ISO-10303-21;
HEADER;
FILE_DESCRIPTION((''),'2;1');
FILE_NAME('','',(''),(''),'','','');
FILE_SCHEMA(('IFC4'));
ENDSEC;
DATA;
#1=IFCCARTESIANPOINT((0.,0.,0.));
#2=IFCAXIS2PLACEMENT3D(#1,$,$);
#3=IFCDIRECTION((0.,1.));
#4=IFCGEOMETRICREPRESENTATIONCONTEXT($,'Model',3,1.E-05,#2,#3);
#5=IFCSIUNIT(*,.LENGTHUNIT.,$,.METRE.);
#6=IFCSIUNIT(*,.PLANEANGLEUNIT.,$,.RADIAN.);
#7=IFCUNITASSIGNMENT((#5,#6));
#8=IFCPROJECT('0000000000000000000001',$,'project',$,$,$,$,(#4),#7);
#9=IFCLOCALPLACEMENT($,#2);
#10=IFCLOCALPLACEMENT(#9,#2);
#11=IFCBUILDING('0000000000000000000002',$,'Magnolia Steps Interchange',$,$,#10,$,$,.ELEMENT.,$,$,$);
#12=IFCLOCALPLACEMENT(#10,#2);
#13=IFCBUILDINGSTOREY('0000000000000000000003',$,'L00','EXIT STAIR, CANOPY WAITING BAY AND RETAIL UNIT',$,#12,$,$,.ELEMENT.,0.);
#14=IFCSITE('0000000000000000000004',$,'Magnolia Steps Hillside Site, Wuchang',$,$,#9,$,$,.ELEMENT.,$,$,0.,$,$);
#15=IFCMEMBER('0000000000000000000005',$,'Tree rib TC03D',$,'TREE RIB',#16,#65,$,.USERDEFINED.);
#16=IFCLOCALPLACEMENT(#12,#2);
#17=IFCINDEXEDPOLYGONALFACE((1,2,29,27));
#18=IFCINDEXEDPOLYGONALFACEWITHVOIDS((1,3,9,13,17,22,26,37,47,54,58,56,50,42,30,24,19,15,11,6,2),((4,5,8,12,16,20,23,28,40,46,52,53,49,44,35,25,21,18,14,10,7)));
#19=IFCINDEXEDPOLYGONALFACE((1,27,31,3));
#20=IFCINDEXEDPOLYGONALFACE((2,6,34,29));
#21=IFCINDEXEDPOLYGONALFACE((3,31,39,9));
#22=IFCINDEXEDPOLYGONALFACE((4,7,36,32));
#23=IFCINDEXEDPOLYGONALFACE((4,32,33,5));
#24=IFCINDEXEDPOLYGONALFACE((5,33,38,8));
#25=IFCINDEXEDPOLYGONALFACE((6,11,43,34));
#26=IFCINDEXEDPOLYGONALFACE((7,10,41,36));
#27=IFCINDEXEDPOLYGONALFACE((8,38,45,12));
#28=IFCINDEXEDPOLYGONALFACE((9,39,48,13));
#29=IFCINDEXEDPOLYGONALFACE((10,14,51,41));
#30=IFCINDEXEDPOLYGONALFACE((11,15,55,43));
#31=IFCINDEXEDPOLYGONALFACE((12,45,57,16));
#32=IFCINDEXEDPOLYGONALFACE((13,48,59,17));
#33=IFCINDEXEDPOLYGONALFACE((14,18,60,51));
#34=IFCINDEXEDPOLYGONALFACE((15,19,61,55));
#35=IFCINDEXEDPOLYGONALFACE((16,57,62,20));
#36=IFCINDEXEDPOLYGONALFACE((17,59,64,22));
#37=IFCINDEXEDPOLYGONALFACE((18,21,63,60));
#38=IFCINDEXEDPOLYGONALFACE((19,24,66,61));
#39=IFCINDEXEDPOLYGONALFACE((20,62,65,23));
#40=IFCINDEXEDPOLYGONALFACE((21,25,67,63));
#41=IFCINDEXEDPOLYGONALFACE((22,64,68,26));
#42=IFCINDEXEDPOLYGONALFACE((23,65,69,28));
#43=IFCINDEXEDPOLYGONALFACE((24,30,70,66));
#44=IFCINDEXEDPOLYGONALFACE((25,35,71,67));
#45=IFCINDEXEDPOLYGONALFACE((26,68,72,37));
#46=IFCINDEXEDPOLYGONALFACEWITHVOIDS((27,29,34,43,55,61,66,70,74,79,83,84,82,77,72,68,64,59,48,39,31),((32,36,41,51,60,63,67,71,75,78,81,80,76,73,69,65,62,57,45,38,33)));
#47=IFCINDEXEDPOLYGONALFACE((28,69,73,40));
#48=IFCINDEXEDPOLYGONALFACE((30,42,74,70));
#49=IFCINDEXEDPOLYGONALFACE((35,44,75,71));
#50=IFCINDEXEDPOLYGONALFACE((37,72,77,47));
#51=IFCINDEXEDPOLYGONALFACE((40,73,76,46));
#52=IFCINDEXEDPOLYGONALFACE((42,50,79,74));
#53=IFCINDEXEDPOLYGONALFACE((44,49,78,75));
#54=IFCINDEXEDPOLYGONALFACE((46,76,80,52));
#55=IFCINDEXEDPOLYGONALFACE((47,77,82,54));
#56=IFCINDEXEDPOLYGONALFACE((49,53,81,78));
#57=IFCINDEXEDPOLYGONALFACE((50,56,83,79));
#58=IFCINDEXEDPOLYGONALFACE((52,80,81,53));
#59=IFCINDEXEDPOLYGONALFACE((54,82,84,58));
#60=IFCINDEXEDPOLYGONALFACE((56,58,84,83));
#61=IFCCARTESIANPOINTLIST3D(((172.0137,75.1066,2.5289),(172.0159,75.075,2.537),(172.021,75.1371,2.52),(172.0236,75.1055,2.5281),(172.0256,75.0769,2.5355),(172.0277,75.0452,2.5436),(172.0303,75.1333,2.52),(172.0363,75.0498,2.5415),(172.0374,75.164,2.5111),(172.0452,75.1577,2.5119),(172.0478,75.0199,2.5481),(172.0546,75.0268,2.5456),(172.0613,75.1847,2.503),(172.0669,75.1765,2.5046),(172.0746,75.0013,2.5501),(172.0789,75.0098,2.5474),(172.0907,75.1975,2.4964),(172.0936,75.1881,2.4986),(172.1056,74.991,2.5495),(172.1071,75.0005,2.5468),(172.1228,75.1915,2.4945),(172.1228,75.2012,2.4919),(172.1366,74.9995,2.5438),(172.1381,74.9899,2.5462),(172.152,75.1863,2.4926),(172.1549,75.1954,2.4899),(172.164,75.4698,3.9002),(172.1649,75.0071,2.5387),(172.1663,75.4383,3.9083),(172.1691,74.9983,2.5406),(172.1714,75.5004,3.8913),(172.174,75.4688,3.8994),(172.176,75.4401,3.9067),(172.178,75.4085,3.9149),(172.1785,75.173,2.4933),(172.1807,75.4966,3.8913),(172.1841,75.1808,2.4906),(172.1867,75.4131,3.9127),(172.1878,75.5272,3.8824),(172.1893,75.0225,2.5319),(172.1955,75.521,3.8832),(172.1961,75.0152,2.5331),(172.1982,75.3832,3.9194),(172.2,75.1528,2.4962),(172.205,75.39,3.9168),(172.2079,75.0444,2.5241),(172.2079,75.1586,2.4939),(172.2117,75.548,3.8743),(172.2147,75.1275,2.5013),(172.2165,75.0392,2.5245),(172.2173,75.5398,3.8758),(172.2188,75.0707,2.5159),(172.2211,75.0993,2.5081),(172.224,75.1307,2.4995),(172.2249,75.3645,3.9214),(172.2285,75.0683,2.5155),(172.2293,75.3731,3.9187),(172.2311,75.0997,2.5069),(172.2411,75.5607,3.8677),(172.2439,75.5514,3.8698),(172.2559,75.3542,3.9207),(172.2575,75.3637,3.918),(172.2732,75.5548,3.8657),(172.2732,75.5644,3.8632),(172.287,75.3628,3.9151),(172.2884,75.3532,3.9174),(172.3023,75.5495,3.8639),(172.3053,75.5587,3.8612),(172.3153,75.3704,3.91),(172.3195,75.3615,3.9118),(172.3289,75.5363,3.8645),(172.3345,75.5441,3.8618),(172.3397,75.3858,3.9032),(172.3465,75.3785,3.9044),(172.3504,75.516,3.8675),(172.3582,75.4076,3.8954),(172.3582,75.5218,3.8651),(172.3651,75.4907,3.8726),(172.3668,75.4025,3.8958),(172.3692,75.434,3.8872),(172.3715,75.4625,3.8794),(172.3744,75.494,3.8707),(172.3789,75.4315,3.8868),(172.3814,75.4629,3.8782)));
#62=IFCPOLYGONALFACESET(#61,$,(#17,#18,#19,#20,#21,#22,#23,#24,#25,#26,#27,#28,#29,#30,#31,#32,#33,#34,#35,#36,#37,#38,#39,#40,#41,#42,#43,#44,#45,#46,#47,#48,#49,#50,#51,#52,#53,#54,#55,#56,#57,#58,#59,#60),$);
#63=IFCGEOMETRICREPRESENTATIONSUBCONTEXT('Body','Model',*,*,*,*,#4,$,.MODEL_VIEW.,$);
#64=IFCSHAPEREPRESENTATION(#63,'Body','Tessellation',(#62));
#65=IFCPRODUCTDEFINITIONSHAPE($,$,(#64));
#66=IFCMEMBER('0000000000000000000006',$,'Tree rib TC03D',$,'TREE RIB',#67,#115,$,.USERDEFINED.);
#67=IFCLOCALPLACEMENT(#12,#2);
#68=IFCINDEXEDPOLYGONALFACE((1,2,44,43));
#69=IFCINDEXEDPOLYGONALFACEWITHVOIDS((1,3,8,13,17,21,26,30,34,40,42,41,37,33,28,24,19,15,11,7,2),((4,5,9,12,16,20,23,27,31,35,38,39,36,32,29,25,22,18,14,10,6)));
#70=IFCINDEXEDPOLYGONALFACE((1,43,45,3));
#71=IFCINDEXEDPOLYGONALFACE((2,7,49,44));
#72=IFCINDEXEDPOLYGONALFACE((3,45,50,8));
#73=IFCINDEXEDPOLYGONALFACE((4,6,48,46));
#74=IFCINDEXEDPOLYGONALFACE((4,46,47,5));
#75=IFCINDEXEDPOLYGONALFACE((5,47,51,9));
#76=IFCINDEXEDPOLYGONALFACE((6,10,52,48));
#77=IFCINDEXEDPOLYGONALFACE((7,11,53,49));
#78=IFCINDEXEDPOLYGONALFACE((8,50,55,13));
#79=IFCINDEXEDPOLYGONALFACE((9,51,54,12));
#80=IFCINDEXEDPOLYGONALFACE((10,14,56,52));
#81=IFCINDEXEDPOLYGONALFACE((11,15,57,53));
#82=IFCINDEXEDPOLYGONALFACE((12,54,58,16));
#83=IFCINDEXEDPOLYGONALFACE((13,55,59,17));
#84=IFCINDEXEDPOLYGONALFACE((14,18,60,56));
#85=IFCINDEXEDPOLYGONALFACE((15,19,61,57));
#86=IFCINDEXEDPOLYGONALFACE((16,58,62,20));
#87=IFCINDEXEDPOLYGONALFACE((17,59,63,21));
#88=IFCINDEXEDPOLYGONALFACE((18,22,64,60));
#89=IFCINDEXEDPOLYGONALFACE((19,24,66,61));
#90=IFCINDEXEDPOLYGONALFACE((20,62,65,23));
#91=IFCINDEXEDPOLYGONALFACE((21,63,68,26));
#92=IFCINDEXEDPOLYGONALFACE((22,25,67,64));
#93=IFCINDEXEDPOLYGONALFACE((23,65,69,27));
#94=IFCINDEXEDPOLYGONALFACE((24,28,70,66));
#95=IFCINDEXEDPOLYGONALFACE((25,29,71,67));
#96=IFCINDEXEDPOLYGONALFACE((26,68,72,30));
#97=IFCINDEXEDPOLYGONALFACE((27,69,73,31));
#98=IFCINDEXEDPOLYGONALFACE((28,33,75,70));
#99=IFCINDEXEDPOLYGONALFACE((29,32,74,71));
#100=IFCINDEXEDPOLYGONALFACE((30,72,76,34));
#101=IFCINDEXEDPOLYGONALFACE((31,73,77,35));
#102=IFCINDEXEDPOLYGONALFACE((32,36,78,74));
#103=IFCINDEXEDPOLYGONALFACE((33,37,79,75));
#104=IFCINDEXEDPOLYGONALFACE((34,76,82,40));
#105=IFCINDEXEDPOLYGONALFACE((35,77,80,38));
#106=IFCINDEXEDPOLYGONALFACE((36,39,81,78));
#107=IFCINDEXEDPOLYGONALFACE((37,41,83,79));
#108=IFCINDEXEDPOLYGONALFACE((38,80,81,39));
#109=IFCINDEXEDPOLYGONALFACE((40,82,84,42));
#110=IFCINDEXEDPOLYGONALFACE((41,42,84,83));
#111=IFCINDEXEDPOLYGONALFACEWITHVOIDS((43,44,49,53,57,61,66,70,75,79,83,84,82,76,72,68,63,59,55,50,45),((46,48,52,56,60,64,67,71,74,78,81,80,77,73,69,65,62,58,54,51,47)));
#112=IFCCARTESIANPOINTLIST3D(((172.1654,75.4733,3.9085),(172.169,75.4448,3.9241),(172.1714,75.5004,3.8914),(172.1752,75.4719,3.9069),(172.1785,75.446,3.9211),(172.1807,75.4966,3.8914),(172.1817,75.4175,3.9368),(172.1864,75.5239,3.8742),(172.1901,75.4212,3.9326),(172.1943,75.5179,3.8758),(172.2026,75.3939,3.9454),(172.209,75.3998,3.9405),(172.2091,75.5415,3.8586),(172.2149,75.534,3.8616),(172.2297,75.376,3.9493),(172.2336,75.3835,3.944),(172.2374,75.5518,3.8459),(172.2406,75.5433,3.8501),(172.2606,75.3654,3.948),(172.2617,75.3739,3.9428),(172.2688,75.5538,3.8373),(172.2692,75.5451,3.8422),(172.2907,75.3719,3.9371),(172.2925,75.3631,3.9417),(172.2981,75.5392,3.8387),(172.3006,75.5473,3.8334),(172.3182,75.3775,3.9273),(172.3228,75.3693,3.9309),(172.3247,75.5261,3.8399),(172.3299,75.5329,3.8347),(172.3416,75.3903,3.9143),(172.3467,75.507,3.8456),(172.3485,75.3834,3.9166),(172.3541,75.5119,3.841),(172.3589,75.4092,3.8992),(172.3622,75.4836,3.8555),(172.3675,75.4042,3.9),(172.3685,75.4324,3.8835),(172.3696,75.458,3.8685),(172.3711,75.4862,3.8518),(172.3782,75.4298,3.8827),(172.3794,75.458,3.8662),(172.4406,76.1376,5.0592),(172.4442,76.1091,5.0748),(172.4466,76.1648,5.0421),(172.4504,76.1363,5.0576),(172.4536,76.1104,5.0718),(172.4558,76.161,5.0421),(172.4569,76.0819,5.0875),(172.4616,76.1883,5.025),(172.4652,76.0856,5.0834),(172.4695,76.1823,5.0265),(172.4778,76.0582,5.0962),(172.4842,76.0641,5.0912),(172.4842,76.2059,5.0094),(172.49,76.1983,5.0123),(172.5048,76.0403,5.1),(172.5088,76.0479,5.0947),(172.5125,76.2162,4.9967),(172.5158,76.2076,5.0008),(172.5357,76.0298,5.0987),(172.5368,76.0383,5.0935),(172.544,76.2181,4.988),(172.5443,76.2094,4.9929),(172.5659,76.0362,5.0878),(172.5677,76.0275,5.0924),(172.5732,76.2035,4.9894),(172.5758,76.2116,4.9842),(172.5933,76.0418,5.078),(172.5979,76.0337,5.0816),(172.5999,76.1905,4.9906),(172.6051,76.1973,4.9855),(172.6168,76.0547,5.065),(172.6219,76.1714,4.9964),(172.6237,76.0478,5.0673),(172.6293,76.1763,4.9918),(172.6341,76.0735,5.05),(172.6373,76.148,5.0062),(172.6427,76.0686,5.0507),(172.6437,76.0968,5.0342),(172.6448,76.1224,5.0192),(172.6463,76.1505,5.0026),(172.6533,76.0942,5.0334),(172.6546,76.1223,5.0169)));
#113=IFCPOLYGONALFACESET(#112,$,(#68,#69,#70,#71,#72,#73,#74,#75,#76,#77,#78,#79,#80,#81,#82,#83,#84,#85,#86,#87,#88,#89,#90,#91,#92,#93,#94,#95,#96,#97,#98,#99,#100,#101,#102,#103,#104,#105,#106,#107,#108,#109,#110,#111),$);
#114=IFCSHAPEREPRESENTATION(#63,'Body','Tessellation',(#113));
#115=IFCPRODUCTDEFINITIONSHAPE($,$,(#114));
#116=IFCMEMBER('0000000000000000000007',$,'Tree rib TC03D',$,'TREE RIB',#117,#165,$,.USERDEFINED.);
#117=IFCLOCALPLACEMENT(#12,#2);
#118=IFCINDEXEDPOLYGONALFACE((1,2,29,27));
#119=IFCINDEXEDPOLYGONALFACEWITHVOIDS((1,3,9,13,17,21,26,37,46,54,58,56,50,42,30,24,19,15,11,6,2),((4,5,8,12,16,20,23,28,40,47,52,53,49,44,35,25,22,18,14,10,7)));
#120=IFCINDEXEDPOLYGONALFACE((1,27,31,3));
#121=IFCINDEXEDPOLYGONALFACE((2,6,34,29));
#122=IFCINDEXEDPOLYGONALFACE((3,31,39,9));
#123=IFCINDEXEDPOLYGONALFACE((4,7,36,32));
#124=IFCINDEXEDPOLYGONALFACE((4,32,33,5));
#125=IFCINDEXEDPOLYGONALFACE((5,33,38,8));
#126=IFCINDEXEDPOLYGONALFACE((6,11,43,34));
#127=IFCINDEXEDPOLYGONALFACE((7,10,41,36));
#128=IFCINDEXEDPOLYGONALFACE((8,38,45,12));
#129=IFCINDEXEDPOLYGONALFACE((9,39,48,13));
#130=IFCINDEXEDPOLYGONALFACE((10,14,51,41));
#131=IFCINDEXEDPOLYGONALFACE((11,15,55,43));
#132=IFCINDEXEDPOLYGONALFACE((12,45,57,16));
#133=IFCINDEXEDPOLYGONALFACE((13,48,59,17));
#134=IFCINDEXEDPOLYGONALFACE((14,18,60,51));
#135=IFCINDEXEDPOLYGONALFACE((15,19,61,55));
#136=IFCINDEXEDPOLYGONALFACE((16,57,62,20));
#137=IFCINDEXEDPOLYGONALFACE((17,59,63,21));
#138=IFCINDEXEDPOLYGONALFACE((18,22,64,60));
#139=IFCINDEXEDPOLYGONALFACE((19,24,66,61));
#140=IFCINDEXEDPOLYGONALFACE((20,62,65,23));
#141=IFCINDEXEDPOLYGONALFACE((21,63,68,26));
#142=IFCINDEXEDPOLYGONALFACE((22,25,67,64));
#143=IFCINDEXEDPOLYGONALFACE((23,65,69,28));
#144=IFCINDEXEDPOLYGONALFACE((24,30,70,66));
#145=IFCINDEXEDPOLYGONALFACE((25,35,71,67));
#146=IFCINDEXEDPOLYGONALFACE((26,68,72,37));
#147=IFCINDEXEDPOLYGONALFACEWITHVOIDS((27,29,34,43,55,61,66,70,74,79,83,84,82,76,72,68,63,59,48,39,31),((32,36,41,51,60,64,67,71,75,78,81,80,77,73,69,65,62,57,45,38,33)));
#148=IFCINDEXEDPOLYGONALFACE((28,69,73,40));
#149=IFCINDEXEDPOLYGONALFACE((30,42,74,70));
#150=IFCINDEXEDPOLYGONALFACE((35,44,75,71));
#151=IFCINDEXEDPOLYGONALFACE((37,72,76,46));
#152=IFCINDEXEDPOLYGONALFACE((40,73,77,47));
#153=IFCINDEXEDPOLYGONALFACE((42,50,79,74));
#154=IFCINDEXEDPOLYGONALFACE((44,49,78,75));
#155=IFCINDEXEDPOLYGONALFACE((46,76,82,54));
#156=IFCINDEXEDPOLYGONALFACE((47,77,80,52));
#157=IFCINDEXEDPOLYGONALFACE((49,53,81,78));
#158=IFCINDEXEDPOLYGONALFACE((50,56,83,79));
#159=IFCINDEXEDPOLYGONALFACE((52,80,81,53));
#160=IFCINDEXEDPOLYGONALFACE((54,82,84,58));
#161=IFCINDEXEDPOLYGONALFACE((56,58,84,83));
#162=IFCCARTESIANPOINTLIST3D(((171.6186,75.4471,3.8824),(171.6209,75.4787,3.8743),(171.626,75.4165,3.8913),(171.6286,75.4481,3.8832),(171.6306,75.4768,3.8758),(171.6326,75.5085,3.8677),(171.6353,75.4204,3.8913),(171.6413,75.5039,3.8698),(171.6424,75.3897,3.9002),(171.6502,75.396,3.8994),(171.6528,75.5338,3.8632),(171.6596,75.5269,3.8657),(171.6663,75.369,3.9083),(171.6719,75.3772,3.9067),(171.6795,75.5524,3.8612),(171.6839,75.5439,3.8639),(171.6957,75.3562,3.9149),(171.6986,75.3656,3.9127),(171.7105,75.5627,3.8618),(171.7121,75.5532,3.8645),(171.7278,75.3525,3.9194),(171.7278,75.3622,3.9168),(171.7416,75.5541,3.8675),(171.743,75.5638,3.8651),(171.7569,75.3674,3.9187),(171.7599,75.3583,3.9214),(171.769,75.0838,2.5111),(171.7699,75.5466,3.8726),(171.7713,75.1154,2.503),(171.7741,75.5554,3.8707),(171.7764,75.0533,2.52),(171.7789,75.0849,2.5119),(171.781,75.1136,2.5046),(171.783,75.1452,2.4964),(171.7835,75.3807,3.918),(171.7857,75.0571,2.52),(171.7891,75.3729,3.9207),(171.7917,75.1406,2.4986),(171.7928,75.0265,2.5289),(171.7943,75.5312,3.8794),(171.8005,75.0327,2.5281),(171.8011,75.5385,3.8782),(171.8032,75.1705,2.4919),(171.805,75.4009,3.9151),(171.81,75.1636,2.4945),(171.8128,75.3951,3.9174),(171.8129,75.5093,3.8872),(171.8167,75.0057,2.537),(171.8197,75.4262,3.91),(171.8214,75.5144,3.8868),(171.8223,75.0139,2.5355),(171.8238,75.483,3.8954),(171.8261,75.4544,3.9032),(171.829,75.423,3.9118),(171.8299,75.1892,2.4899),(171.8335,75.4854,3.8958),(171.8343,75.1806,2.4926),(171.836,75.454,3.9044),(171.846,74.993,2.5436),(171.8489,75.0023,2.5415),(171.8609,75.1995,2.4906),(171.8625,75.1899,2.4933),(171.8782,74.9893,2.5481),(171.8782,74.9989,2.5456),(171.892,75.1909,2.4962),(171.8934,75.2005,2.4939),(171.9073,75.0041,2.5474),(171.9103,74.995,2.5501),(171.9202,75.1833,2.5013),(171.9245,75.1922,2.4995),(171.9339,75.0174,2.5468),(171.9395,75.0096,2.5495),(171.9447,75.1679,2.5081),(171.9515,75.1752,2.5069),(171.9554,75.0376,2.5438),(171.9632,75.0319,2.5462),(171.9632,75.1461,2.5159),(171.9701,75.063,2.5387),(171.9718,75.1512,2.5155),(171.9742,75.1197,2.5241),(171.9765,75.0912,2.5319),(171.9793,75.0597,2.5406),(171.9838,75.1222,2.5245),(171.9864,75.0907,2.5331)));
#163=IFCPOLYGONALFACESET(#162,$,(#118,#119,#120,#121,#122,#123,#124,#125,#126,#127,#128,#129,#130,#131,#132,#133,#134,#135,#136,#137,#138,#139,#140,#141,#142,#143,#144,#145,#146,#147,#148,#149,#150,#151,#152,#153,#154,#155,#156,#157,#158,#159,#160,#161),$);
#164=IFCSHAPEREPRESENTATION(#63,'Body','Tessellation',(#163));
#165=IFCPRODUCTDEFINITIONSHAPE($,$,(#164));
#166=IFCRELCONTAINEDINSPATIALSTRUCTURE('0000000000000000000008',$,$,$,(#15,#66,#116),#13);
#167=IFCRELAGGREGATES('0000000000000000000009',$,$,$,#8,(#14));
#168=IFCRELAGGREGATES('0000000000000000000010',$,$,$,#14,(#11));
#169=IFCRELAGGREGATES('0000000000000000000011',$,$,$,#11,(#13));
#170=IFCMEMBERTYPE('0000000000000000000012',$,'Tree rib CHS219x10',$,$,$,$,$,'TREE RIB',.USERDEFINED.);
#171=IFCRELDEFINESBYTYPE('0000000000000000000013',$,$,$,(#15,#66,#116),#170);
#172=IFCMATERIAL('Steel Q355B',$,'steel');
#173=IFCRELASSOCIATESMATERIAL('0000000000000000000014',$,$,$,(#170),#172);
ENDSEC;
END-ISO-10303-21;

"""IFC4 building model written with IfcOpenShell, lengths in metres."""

from ifc_helpers import new_model, si_unit, direction, frame, origin, origin_2d, place, context, subcontext, project, spatial, hollow_circle, extrude, material, material_profile, profile_set, type_object, element, save


model = new_model("IFC4")

# Units and contexts
model_context = context("Model", 3, precision=1e-05, world=origin(), true_north=direction((0.0, 1.0)))
body_context = subcontext(model_context, "Body", "Model", "MODEL_VIEW")
ifc_project = project(units=[si_unit("LENGTHUNIT", "METRE"), si_unit("PLANEANGLEUNIT", "RADIAN")], contexts=[model_context])

# Site, building, storey
site_placement = place(None, origin())
site = spatial("IfcSite", under=ifc_project, at=site_placement, Name="Magnolia Steps Hillside Site, Wuchang", CompositionType="ELEMENT", RefElevation=0.0)
building_placement = place(site_placement, origin())
building = spatial("IfcBuilding", under=site, at=building_placement, Name="Magnolia Steps Interchange", CompositionType="ELEMENT")
storey_placement = place(building_placement, origin())
storey = spatial("IfcBuildingStorey", under=building, at=storey_placement, Name="L00", Description="EXIT STAIR, CANOPY WAITING BAY AND RETAIL UNIT", CompositionType="ELEMENT", Elevation=0.0)

# Members
ifc_material_1 = material(Name="Steel Q355B", Category="steel")
ifc_material_profile_1 = material_profile(ifc_material_1, hollow_circle(Radius=0.1096, WallThickness=0.01, at=origin_2d()), Name="CHS219x10")
ifc_profile_set_1 = profile_set([ifc_material_profile_1], Name="Steel Q355B")
member_type = type_object("IfcMemberType", Name="Tree rib CHS219x10", ElementType="TREE RIB", PredefinedType="USERDEFINED", material=ifc_profile_set_1)
member_1_placement = place(storey_placement, frame((172.1223, 75.0952, 2.52), z_axis=(0.10542, 0.25465, 0.96127), x_axis=(-0.923956, 0.382498, 0.0)))
element("IfcMember", 1, at=member_1_placement, inside=storey, type_object=member_type, Name="Tree rib TC03D", ObjectType="TREE RIB", PredefinedType="USERDEFINED", context=body_context, shape_type="SweptSolid", body=[
    extrude(hollow_circle(Radius=0.1096, WallThickness=0.01, at=origin_2d()), origin(), (0.0, 0.0, 1.0), 1.4265),
])
member_2_placement = place(storey_placement, frame((172.2727, 75.4585, 3.8914), z_axis=(0.202787, 0.489604, 0.848036), x_axis=(-0.923889, 0.382662, 0.0)))
element("IfcMember", 2, at=member_2_placement, inside=storey, type_object=member_type, Name="Tree rib TC03D", ObjectType="TREE RIB", PredefinedType="USERDEFINED", context=body_context, shape_type="SweptSolid", body=[
    extrude(hollow_circle(Radius=0.1096, WallThickness=0.01, at=origin_2d()), origin(), (0.0, 0.0, 1.0), 1.3569),
])
for number, where, z_axis, x_axis, name in (
    (3, (171.8777, 75.0952, 2.52), (-0.10542, 0.25465, 0.96127), (-0.923956, -0.382498, 0.0), "Tree rib TC03D"),
):
    element("IfcMember", number, at=place(storey_placement, frame(where, z_axis=z_axis, x_axis=x_axis)), inside=storey, type_object=member_type, Name=name, ObjectType="TREE RIB", PredefinedType="USERDEFINED", context=body_context, shape_type="SweptSolid", body=[
        extrude(hollow_circle(Radius=0.1096, WallThickness=0.01, at=origin_2d()), origin(), (0.0, 0.0, 1.0), 1.4265),
    ])

save(model, "model.ifc")
